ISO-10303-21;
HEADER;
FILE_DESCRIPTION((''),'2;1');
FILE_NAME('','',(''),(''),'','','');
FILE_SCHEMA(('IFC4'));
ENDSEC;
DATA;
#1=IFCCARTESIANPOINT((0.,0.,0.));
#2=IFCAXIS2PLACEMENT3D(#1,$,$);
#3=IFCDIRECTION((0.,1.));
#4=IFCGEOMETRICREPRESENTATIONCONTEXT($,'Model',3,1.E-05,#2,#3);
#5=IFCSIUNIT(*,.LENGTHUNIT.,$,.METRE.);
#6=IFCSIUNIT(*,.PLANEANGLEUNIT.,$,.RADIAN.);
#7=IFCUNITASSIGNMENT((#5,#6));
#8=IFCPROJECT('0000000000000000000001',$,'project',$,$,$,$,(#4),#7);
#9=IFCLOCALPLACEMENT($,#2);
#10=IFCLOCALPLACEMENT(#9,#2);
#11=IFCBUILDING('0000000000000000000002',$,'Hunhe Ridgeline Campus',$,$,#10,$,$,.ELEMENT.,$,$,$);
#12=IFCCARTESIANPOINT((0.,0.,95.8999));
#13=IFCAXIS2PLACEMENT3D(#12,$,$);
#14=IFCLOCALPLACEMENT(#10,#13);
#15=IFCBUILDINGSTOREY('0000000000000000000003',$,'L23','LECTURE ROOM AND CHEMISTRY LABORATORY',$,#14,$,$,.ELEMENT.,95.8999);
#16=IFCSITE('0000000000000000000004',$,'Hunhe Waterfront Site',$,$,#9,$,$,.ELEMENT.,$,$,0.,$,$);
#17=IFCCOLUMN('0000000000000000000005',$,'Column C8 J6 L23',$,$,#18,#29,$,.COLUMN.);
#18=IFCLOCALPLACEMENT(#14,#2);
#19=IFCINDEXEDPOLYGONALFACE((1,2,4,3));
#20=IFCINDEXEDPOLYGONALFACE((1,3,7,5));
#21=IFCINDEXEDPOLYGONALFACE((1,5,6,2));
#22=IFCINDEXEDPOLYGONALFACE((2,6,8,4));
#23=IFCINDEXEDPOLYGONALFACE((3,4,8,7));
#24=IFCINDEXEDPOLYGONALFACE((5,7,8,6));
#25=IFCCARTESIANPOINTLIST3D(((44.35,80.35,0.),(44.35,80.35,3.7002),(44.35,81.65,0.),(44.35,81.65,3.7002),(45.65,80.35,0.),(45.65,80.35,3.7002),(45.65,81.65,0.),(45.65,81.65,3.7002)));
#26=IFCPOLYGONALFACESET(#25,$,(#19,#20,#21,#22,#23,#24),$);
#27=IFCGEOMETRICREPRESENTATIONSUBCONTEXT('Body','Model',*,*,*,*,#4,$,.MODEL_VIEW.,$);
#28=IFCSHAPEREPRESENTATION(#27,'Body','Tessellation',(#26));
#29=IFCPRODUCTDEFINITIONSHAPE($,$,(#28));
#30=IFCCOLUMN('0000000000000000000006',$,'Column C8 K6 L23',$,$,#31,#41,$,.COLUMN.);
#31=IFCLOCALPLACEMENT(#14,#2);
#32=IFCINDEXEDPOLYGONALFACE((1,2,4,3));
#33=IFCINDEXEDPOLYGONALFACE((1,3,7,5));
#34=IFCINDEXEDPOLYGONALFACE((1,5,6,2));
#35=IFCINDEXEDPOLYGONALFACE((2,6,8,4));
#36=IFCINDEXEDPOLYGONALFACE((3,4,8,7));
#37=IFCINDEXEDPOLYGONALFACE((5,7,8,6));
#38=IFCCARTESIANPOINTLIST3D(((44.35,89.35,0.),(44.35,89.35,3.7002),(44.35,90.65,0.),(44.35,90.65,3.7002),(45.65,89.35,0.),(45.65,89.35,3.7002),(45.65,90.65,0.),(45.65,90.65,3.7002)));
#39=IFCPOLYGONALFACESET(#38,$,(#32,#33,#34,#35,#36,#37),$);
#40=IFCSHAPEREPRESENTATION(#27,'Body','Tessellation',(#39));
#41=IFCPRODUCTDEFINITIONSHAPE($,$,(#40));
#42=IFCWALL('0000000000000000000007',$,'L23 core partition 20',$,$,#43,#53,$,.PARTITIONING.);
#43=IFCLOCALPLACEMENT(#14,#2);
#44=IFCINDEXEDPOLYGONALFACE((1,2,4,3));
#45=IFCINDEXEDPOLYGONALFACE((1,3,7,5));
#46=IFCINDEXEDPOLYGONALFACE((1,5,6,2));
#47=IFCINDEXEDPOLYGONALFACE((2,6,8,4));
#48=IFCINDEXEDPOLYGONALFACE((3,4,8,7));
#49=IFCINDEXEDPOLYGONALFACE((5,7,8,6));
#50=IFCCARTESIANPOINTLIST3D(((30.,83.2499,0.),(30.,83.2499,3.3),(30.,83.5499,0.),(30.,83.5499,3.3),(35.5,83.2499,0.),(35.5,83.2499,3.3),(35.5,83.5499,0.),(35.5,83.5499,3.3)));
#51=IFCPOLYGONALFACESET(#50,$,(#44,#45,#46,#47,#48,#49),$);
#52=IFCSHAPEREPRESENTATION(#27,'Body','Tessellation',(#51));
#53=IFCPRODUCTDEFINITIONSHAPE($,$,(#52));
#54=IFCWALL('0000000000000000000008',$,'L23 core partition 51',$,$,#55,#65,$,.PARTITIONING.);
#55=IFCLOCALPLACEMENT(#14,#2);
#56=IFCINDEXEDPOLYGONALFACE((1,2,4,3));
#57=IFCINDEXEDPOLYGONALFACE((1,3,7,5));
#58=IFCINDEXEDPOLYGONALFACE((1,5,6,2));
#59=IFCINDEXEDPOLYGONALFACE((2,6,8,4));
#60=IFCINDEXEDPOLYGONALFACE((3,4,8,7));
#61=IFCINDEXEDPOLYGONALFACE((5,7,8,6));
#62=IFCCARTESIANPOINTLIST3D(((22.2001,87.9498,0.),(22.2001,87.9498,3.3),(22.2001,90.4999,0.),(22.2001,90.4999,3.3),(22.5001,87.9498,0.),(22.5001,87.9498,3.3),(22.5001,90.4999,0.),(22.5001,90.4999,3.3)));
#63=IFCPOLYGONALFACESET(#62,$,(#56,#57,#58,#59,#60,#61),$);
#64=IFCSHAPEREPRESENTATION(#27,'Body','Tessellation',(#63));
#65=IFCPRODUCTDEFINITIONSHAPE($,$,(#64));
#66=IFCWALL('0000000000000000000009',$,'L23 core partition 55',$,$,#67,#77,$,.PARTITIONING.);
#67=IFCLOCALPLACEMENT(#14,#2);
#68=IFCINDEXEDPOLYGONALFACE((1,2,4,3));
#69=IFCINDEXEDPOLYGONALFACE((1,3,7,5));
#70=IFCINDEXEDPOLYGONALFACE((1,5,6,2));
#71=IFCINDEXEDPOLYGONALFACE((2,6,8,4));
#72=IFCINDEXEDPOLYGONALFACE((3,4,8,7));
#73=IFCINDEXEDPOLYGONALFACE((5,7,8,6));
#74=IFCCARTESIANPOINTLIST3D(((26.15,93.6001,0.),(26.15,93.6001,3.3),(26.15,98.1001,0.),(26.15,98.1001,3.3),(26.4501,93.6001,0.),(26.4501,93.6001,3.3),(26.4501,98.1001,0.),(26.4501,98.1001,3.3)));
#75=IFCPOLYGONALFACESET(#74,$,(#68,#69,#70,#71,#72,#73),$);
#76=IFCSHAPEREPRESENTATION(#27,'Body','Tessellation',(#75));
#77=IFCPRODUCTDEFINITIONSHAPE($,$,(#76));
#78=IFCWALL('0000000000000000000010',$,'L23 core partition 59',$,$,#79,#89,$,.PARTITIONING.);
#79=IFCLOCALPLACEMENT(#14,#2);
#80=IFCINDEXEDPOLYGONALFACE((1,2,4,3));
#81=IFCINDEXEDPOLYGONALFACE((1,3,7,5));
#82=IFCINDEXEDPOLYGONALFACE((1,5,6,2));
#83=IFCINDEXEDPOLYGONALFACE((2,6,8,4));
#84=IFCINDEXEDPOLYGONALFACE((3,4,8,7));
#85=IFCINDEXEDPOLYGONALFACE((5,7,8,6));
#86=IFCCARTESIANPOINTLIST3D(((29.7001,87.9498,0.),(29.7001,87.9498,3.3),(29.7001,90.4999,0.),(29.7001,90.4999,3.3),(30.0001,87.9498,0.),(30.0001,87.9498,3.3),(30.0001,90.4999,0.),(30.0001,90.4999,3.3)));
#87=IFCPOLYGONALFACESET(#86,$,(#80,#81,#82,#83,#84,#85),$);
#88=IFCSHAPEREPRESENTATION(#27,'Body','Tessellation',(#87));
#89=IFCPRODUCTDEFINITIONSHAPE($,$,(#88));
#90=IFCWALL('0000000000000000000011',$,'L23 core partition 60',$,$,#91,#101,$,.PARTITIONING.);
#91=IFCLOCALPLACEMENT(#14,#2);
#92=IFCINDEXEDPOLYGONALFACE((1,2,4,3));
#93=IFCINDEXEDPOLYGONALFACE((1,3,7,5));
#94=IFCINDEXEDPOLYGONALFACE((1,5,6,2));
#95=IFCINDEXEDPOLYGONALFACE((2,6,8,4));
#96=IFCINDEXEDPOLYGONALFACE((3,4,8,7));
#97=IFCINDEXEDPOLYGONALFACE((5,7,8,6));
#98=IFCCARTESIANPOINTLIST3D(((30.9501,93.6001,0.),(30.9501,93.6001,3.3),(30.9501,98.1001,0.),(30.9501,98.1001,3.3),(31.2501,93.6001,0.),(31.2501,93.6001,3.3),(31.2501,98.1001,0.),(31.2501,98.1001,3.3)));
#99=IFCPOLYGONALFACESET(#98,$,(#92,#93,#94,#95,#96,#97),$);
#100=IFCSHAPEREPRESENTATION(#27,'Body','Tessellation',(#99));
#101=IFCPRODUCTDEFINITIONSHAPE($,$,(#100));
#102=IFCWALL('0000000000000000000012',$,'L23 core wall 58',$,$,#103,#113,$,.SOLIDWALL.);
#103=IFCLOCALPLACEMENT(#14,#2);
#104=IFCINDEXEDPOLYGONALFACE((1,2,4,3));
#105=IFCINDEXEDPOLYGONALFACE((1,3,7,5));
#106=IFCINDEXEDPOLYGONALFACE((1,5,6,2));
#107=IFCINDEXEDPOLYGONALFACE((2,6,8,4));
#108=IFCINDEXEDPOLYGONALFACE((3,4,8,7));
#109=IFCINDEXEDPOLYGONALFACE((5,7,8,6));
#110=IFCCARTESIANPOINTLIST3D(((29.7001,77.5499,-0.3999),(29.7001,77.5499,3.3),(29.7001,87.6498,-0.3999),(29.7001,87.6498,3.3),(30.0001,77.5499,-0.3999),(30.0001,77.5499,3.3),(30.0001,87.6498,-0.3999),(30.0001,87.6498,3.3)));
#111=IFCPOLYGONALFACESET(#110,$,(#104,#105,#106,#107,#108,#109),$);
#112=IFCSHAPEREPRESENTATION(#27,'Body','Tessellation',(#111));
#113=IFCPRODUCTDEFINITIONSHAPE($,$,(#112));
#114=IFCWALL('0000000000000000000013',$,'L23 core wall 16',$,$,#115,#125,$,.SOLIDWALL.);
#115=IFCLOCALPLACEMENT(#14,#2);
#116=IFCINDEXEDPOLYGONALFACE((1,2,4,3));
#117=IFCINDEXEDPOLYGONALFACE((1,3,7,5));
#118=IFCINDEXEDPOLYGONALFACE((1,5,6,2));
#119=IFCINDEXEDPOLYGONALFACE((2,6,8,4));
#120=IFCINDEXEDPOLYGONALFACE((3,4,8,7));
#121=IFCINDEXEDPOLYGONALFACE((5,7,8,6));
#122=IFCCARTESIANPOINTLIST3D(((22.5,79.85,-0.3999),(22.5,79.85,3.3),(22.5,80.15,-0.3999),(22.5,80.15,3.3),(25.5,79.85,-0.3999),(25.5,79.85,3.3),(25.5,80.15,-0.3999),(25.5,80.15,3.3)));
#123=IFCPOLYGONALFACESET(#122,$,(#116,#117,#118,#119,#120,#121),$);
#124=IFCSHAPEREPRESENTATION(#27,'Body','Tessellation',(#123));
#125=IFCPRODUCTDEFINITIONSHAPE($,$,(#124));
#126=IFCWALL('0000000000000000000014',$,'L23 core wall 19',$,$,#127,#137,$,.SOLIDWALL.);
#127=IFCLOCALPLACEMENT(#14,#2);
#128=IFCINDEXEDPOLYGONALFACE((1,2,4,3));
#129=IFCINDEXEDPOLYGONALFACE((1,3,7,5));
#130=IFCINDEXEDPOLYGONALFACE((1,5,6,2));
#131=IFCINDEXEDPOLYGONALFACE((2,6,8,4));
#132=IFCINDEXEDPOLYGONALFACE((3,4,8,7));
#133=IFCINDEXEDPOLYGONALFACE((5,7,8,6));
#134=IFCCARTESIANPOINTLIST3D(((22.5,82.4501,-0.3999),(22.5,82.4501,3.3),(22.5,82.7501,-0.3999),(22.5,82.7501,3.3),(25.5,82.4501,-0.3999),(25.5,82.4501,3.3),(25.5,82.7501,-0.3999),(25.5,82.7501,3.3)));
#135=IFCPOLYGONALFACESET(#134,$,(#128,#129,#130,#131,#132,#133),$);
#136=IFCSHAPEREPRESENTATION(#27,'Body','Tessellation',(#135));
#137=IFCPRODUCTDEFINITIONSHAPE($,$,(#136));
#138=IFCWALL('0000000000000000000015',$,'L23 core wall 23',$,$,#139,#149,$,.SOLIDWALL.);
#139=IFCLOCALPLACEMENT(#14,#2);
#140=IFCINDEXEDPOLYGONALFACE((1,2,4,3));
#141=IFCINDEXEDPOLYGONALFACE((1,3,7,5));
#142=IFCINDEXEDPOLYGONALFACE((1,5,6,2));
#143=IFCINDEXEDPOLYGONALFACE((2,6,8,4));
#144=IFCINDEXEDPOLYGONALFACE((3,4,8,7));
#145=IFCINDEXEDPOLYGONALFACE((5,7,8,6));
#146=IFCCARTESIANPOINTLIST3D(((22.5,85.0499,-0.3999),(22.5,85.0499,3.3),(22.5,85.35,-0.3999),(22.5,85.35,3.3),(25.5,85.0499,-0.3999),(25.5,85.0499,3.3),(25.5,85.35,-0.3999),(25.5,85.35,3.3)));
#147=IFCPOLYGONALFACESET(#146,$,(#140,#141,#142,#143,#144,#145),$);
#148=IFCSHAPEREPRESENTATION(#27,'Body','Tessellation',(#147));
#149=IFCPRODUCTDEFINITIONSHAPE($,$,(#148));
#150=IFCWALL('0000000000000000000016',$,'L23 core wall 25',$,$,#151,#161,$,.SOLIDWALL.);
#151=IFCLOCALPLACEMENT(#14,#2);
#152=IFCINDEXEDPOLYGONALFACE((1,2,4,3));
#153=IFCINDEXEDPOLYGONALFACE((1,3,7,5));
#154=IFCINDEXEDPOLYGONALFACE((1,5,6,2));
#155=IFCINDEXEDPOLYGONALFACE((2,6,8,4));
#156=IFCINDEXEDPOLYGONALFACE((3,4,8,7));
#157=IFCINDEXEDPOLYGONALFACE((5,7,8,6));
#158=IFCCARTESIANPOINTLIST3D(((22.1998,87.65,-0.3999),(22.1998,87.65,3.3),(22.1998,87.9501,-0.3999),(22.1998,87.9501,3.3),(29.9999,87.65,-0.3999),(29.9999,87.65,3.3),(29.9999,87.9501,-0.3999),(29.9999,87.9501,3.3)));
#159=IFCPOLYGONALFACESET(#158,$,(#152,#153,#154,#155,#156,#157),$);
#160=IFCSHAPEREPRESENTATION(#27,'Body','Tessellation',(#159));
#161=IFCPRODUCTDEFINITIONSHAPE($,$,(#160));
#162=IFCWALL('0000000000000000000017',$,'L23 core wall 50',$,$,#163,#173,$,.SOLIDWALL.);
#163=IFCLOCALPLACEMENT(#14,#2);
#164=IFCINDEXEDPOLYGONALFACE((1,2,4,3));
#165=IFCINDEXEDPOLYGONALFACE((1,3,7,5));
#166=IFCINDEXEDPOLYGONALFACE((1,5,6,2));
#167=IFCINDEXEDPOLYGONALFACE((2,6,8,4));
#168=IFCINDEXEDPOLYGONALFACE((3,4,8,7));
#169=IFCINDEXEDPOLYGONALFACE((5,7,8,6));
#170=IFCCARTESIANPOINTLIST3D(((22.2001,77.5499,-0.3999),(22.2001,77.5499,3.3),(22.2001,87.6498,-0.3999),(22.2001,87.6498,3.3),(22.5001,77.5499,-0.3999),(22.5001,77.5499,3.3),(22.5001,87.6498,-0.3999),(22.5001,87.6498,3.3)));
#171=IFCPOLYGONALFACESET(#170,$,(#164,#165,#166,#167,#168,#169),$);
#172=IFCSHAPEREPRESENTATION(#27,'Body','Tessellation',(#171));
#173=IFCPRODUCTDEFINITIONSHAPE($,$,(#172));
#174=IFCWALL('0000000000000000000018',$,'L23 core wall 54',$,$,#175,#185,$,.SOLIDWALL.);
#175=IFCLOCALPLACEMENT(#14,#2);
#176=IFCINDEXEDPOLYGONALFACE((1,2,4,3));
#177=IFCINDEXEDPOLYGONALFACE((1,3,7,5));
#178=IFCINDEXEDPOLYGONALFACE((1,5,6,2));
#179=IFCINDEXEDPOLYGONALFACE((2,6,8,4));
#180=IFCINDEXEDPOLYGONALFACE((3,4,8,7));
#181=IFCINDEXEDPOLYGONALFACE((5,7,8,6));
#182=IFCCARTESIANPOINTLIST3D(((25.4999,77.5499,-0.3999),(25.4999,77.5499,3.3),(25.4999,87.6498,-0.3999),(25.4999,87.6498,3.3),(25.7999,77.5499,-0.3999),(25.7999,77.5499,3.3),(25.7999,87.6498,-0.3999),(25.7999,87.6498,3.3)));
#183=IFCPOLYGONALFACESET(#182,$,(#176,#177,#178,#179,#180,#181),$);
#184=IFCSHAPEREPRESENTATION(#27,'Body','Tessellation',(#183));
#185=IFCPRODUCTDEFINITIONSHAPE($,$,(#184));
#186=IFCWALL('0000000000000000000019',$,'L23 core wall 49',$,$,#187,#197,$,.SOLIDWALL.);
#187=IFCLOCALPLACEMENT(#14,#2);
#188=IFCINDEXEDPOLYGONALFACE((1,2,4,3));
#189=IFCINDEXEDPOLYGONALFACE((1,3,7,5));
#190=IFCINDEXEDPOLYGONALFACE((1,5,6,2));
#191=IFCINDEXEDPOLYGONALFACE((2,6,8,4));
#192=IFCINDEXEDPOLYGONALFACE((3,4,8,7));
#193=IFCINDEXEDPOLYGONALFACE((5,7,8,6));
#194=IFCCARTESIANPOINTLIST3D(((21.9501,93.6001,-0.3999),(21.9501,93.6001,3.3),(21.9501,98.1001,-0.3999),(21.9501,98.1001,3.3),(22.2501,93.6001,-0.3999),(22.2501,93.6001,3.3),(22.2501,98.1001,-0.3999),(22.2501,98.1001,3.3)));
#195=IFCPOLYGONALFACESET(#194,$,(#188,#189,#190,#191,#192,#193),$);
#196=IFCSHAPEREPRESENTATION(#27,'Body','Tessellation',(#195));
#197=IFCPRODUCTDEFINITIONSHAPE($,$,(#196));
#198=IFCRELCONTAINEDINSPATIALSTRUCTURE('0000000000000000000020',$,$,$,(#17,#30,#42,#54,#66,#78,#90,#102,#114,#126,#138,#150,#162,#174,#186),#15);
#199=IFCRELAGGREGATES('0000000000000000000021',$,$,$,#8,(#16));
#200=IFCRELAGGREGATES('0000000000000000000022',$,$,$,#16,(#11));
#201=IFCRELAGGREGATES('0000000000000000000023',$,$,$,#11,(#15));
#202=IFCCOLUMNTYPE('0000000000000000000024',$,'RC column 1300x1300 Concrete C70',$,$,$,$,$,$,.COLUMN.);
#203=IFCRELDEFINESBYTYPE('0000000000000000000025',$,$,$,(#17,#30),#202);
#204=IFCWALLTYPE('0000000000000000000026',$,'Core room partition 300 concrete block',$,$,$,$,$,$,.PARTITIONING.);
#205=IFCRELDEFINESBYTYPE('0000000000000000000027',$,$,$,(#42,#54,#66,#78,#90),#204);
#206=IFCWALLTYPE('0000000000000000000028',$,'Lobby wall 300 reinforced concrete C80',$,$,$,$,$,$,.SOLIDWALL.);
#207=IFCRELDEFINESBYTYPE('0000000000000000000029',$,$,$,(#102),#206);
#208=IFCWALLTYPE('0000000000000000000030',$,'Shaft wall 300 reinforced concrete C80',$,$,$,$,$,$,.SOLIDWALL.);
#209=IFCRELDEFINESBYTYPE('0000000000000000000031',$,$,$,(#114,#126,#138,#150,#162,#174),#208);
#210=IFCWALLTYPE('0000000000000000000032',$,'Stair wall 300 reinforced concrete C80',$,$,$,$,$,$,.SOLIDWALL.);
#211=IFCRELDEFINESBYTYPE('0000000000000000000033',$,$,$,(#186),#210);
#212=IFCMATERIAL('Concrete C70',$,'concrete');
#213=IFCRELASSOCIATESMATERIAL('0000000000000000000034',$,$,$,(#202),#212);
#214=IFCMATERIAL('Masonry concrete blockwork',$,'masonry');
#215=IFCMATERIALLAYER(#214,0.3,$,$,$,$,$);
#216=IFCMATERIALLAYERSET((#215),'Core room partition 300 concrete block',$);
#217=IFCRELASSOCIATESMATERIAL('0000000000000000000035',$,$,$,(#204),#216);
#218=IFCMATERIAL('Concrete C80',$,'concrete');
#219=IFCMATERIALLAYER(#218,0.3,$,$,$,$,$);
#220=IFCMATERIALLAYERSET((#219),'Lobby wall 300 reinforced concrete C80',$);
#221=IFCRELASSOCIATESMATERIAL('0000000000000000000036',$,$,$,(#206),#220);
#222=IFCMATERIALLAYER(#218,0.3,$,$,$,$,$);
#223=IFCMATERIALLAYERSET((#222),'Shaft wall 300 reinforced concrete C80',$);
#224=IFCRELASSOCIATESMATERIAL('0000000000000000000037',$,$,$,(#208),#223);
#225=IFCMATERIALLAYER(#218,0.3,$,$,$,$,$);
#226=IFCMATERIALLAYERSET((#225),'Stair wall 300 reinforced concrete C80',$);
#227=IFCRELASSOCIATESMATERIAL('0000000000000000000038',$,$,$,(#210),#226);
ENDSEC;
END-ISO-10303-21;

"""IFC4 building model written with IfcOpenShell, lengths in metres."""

from ifc_helpers import new_model, si_unit, direction, frame, frame_2d, origin, origin_2d, place, context, subcontext, project, spatial, rectangle, extrude, material, layer, layer_set, material_profile, profile_set, type_object, element, save


model = new_model("IFC4")

# Units and contexts
model_context = context("Model", 3, precision=1e-05, world=origin(), true_north=direction((0.0, 1.0)))
body_context = subcontext(model_context, "Body", "Model", "MODEL_VIEW")
ifc_project = project(units=[si_unit("LENGTHUNIT", "METRE"), si_unit("PLANEANGLEUNIT", "RADIAN")], contexts=[model_context])

# Site, building, storey
site_placement = place(None, origin())
site = spatial("IfcSite", under=ifc_project, at=site_placement, Name="Hunhe Waterfront Site", CompositionType="ELEMENT", RefElevation=0.0)
building_placement = place(site_placement, origin())
building = spatial("IfcBuilding", under=site, at=building_placement, Name="Hunhe Ridgeline Campus", CompositionType="ELEMENT")
storey_placement = place(building_placement, frame((0.0, 0.0, 95.8999)))
storey = spatial("IfcBuildingStorey", under=building, at=storey_placement, Name="L23", Description="LECTURE ROOM AND CHEMISTRY LABORATORY", CompositionType="ELEMENT", Elevation=95.8999)

# Columns
ifc_material_1 = material(Name="Concrete C70", Category="concrete")
ifc_material_profile = material_profile(ifc_material_1, rectangle(XDim=1.3, YDim=1.3, at=origin_2d()))
ifc_profile_set = profile_set([ifc_material_profile], Name="Concrete C70")
column_type = type_object("IfcColumnType", Name="RC column 1300x1300 Concrete C70", PredefinedType="COLUMN", material=ifc_profile_set)
for number, where, z_axis, x_axis, name in (
    (1, (45.0, 81.0, 0.0), (0.0, 0.0, 1.0), (1.0, 0.0, 0.0), "Column C8 J6 L23"),
    (2, (45.0, 90.0, 0.0), (0.0, 0.0, 1.0), (1.0, 0.0, 0.0), "Column C8 K6 L23"),
):
    element("IfcColumn", number, at=place(storey_placement, frame(where, z_axis=z_axis, x_axis=x_axis)), inside=storey, type_object=column_type, Name=name, PredefinedType="COLUMN", context=body_context, shape_type="SweptSolid", body=[
        extrude(rectangle(XDim=1.3, YDim=1.3, at=origin_2d()), origin(), (0.0, 0.0, 1.0), 3.7002),
    ])

# Shared definitions
ifc_material_2 = material(Name="Masonry concrete blockwork", Category="masonry")
ifc_layer_1 = layer(ifc_material_2, 0.3)
ifc_layer_set_1 = layer_set([ifc_layer_1], Name="Core room partition 300 concrete block")
wall_type_1 = type_object("IfcWallType", Name="Core room partition 300 concrete block", PredefinedType="PARTITIONING", material=ifc_layer_set_1)

# Walls
wall_1_placement = place(storey_placement, frame((30.0, 83.3999, 0.0), z_axis=(0.0, 0.0, 1.0), x_axis=(1.0, 0.0, 0.0)))
element("IfcWall", 3, at=wall_1_placement, inside=storey, type_object=wall_type_1, Name="L23 core partition 20", PredefinedType="PARTITIONING", context=body_context, shape_type="SweptSolid", body=[
    extrude(rectangle(XDim=5.5, YDim=0.3, at=frame_2d((2.75, 0.0))), origin(), (0.0, 0.0, 1.0), 3.3),
])
wall_2_placement = place(storey_placement, frame((22.3501, 87.95, 0.0), z_axis=(0.0, 0.0, 1.0), x_axis=(0.0, 1.0, 0.0)))
element("IfcWall", 4, at=wall_2_placement, inside=storey, type_object=wall_type_1, Name="L23 core partition 51", PredefinedType="PARTITIONING", context=body_context, shape_type="SweptSolid", body=[
    extrude(rectangle(XDim=2.55, YDim=0.3, at=frame_2d((1.2749, 0.0))), origin(), (0.0, 0.0, 1.0), 3.3),
])
wall_3_placement = place(storey_placement, frame((26.3, 93.6001, 0.0), z_axis=(0.0, 0.0, 1.0), x_axis=(0.0, 1.0, 0.0)))
element("IfcWall", 5, at=wall_3_placement, inside=storey, type_object=wall_type_1, Name="L23 core partition 55", PredefinedType="PARTITIONING", context=body_context, shape_type="SweptSolid", body=[
    extrude(rectangle(XDim=4.5, YDim=0.3, at=frame_2d((2.25, 0.0))), origin(), (0.0, 0.0, 1.0), 3.3),
])
wall_4_placement = place(storey_placement, frame((29.8501, 87.95, 0.0), z_axis=(0.0, 0.0, 1.0), x_axis=(0.0, 1.0, 0.0)))
element("IfcWall", 6, at=wall_4_placement, inside=storey, type_object=wall_type_1, Name="L23 core partition 59", PredefinedType="PARTITIONING", context=body_context, shape_type="SweptSolid", body=[
    extrude(rectangle(XDim=2.55, YDim=0.3, at=frame_2d((1.2749, 0.0))), origin(), (0.0, 0.0, 1.0), 3.3),
])
wall_5_placement = place(storey_placement, frame((31.1001, 93.6001, 0.0), z_axis=(0.0, 0.0, 1.0), x_axis=(0.0, 1.0, 0.0)))
element("IfcWall", 7, at=wall_5_placement, inside=storey, type_object=wall_type_1, Name="L23 core partition 60", PredefinedType="PARTITIONING", context=body_context, shape_type="SweptSolid", body=[
    extrude(rectangle(XDim=4.5, YDim=0.3, at=frame_2d((2.25, 0.0))), origin(), (0.0, 0.0, 1.0), 3.3),
])

# Walls
ifc_material_3 = material(Name="Concrete C80", Category="concrete")
ifc_layer_2 = layer(ifc_material_3, 0.3)
ifc_layer_set_2 = layer_set([ifc_layer_2], Name="Lobby wall 300 reinforced concrete C80")
wall_type_2 = type_object("IfcWallType", Name="Lobby wall 300 reinforced concrete C80", PredefinedType="SOLIDWALL", material=ifc_layer_set_2)
wall_6_placement = place(storey_placement, frame((29.8501, 77.55, -0.3999), z_axis=(0.0, 0.0, 1.0), x_axis=(0.0, 1.0, 0.0)))
element("IfcWall", 8, at=wall_6_placement, inside=storey, type_object=wall_type_2, Name="L23 core wall 58", PredefinedType="SOLIDWALL", context=body_context, shape_type="SweptSolid", body=[
    extrude(rectangle(XDim=10.0999, YDim=0.3, at=frame_2d((5.0498, 0.0))), origin(), (0.0, 0.0, 1.0), 3.7),
])
ifc_layer_3 = layer(ifc_material_3, 0.3)
ifc_layer_set_3 = layer_set([ifc_layer_3], Name="Shaft wall 300 reinforced concrete C80")
wall_type_3 = type_object("IfcWallType", Name="Shaft wall 300 reinforced concrete C80", PredefinedType="SOLIDWALL", material=ifc_layer_set_3)
for number, where, z_axis, x_axis, name in (
    (9, (22.5, 80.0, -0.3999), (0.0, 0.0, 1.0), (1.0, 0.0, 0.0), "L23 core wall 16"),
    (10, (22.5, 82.6001, -0.3999), (0.0, 0.0, 1.0), (1.0, 0.0, 0.0), "L23 core wall 19"),
    (11, (22.5, 85.2, -0.3999), (0.0, 0.0, 1.0), (1.0, 0.0, 0.0), "L23 core wall 23"),
):
    element("IfcWall", number, at=place(storey_placement, frame(where, z_axis=z_axis, x_axis=x_axis)), inside=storey, type_object=wall_type_3, Name=name, PredefinedType="SOLIDWALL", context=body_context, shape_type="SweptSolid", body=[
        extrude(rectangle(XDim=3.0, YDim=0.3, at=frame_2d((1.5, 0.0))), origin(), (0.0, 0.0, 1.0), 3.7),
    ])
wall_7_placement = place(storey_placement, frame((22.2, 87.8, -0.3999), z_axis=(0.0, 0.0, 1.0), x_axis=(1.0, 0.0, 0.0)))
element("IfcWall", 12, at=wall_7_placement, inside=storey, type_object=wall_type_3, Name="L23 core wall 25", PredefinedType="SOLIDWALL", context=body_context, shape_type="SweptSolid", body=[
    extrude(rectangle(XDim=7.8, YDim=0.3, at=frame_2d((3.8999, 0.0))), origin(), (0.0, 0.0, 1.0), 3.7),
])
for number, where, z_axis, x_axis, name in (
    (13, (22.3501, 77.55, -0.3999), (0.0, 0.0, 1.0), (0.0, 1.0, 0.0), "L23 core wall 50"),
    (14, (25.6499, 77.55, -0.3999), (0.0, 0.0, 1.0), (0.0, 1.0, 0.0), "L23 core wall 54"),
):
    element("IfcWall", number, at=place(storey_placement, frame(where, z_axis=z_axis, x_axis=x_axis)), inside=storey, type_object=wall_type_3, Name=name, PredefinedType="SOLIDWALL", context=body_context, shape_type="SweptSolid", body=[
        extrude(rectangle(XDim=10.0999, YDim=0.3, at=frame_2d((5.0498, 0.0))), origin(), (0.0, 0.0, 1.0), 3.7),
    ])

# Shared definitions
ifc_layer_4 = layer(ifc_material_3, 0.3)
ifc_layer_set_4 = layer_set([ifc_layer_4], Name="Stair wall 300 reinforced concrete C80")
wall_type_4 = type_object("IfcWallType", Name="Stair wall 300 reinforced concrete C80", PredefinedType="SOLIDWALL", material=ifc_layer_set_4)

# Wall
wall_8_placement = place(storey_placement, frame((22.1001, 93.6001, -0.3999), z_axis=(0.0, 0.0, 1.0), x_axis=(0.0, 1.0, 0.0)))
element("IfcWall", 15, at=wall_8_placement, inside=storey, type_object=wall_type_4, Name="L23 core wall 49", PredefinedType="SOLIDWALL", context=body_context, shape_type="SweptSolid", body=[
    extrude(rectangle(XDim=4.5, YDim=0.3, at=frame_2d((2.25, 0.0))), origin(), (0.0, 0.0, 1.0), 3.7),
])

save(model, "model.ifc")
